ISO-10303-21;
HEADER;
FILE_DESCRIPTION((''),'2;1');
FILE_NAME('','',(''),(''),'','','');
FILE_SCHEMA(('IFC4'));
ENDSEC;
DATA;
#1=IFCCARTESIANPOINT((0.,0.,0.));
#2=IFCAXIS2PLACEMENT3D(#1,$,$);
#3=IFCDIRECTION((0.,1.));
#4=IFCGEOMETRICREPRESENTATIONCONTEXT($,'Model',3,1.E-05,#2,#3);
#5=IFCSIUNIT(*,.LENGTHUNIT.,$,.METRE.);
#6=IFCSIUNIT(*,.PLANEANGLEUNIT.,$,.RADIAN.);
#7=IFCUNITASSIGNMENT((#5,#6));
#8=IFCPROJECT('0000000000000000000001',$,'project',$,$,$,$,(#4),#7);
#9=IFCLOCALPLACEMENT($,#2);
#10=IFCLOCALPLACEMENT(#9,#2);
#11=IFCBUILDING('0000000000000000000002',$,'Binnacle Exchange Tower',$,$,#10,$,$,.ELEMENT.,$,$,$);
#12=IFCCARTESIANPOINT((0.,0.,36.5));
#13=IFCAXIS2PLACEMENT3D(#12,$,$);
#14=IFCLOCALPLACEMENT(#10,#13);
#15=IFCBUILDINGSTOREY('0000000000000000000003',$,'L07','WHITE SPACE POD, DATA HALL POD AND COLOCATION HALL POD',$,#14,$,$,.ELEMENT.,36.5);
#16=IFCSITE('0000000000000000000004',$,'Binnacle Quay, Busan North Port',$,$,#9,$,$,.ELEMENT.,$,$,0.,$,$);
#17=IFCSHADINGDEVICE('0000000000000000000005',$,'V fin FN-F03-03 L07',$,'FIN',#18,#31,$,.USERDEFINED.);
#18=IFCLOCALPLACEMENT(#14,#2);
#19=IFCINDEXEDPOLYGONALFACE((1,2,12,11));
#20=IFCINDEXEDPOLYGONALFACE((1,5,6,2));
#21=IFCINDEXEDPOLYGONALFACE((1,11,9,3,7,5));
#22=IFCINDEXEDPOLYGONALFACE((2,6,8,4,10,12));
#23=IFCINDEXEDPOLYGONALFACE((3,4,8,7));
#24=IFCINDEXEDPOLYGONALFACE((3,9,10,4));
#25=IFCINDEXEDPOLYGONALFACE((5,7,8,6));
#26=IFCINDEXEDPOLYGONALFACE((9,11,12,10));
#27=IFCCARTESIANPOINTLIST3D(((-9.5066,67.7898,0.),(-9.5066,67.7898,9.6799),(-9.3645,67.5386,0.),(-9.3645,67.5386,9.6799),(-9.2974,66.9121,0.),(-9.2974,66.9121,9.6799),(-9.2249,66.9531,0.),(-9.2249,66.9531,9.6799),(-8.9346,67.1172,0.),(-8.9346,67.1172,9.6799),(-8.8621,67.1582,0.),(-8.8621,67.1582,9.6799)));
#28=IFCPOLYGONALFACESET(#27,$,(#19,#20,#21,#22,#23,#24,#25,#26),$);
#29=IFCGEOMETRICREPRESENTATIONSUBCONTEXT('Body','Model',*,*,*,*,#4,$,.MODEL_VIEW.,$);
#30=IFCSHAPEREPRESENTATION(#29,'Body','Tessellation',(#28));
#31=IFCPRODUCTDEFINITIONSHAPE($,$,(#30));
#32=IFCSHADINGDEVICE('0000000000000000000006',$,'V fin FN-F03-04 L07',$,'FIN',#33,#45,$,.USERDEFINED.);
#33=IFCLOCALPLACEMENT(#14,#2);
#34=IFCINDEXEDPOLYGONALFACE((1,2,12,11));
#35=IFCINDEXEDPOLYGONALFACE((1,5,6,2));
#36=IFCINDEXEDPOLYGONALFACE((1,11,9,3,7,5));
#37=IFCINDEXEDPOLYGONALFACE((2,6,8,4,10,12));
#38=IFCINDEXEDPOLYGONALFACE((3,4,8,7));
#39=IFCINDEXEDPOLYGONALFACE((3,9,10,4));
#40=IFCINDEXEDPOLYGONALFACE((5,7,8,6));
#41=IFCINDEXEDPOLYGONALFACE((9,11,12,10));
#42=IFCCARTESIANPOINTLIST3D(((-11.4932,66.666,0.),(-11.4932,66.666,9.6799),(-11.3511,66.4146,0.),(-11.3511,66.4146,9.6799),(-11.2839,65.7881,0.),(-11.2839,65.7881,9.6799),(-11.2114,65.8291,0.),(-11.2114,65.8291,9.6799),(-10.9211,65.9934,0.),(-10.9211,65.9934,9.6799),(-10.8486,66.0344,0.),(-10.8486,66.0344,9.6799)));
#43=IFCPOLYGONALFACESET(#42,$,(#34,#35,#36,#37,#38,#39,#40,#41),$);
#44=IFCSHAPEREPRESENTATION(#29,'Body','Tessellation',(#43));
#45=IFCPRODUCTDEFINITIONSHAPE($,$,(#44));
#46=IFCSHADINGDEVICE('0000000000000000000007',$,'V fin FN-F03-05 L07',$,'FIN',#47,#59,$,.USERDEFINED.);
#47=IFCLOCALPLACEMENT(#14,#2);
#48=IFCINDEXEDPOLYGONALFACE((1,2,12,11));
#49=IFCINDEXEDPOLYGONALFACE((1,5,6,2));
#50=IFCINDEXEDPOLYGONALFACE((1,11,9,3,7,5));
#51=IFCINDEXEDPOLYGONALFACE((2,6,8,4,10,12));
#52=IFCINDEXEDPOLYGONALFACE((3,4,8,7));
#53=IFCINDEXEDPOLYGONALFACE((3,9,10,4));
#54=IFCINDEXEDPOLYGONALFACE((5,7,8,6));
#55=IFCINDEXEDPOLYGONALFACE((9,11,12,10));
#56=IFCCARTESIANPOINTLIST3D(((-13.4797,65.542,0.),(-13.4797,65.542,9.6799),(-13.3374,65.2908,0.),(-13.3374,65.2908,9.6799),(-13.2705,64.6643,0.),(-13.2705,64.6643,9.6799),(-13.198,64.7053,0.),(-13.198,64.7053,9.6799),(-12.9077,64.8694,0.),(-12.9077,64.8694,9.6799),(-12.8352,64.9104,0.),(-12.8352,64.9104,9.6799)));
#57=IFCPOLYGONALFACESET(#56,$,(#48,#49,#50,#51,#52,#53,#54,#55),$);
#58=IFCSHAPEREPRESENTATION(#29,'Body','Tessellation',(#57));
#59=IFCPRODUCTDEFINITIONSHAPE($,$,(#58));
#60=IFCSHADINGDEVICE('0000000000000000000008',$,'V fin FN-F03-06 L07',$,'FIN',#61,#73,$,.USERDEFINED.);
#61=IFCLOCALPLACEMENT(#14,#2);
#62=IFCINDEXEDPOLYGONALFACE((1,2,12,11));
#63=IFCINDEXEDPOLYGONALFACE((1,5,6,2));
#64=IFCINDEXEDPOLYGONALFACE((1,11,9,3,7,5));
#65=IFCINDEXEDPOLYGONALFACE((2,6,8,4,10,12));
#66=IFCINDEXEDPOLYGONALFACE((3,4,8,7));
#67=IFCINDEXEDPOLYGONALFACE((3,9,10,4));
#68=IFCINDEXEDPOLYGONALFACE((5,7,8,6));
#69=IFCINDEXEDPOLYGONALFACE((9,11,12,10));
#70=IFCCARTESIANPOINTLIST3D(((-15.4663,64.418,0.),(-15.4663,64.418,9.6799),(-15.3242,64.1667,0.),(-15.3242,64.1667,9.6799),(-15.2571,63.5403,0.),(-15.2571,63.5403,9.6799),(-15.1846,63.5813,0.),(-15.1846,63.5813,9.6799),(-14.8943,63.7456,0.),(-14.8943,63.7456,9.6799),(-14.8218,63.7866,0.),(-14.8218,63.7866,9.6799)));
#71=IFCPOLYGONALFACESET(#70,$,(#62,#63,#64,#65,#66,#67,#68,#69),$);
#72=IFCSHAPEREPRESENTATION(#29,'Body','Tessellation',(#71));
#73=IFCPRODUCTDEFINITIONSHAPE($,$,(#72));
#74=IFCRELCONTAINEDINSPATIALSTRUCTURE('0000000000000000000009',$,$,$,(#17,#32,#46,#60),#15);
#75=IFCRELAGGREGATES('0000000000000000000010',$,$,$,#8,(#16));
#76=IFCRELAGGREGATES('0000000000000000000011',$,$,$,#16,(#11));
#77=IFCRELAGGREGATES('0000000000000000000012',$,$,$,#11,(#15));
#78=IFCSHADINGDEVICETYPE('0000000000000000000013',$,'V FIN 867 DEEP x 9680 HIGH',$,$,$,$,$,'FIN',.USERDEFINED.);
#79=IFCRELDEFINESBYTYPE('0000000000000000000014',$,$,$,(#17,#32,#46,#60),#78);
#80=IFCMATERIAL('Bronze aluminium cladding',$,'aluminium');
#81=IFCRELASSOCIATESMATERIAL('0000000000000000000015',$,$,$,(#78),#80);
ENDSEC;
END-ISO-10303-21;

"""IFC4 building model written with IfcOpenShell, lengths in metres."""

from ifc_helpers import new_model, si_unit, direction, frame, origin, place, context, subcontext, project, spatial, polyline, outline, extrude, material, type_object, element, save


model = new_model("IFC4")

# Units and contexts
model_context = context("Model", 3, precision=1e-05, world=origin(), true_north=direction((0.0, 1.0)))
body_context = subcontext(model_context, "Body", "Model", "MODEL_VIEW")
ifc_project = project(units=[si_unit("LENGTHUNIT", "METRE"), si_unit("PLANEANGLEUNIT", "RADIAN")], contexts=[model_context])

# Site, building, storey
site_placement = place(None, origin())
site = spatial("IfcSite", under=ifc_project, at=site_placement, Name="Binnacle Quay, Busan North Port", CompositionType="ELEMENT", RefElevation=0.0)
building_placement = place(site_placement, origin())
building = spatial("IfcBuilding", under=site, at=building_placement, Name="Binnacle Exchange Tower", CompositionType="ELEMENT")
storey_placement = place(building_placement, frame((0.0, 0.0, 36.5)))
storey = spatial("IfcBuildingStorey", under=building, at=storey_placement, Name="L07", Description="WHITE SPACE POD, DATA HALL POD AND COLOCATION HALL POD", CompositionType="ELEMENT", Elevation=36.5)

# Shading devices
ifc_material_1 = material(Name="Bronze aluminium cladding", Category="aluminium")
shading_device_type = type_object("IfcShadingDeviceType", Name="V FIN 867 DEEP x 9680 HIGH", ElementType="FIN", PredefinedType="USERDEFINED", material=ifc_material_1)
shading_device_1_placement = place(storey_placement, origin())
element("IfcShadingDevice", 1, at=shading_device_1_placement, inside=storey, type_object=shading_device_type, Name="V fin FN-F03-03 L07", ObjectType="FIN", PredefinedType="USERDEFINED", context=body_context, shape_type="SweptSolid", body=[
    extrude(outline(polyline([(-8.8621, 67.1582), (-9.5066, 67.7898), (-9.2974, 66.9121), (-9.2249, 66.9531), (-9.3645, 67.5386), (-8.9346, 67.1172), (-8.8621, 67.1582)])), origin(), (0.0, 0.0, 1.0), 9.6799),
])
shading_device_2_placement = place(storey_placement, origin())
element("IfcShadingDevice", 2, at=shading_device_2_placement, inside=storey, type_object=shading_device_type, Name="V fin FN-F03-04 L07", ObjectType="FIN", PredefinedType="USERDEFINED", context=body_context, shape_type="SweptSolid", body=[
    extrude(outline(polyline([(-10.8486, 66.0344), (-11.4932, 66.666), (-11.2839, 65.7881), (-11.2114, 65.8291), (-11.3511, 66.4146), (-10.9211, 65.9934), (-10.8486, 66.0344)])), origin(), (0.0, 0.0, 1.0), 9.6799),
])
shading_device_3_placement = place(storey_placement, origin())
element("IfcShadingDevice", 3, at=shading_device_3_placement, inside=storey, type_object=shading_device_type, Name="V fin FN-F03-05 L07", ObjectType="FIN", PredefinedType="USERDEFINED", context=body_context, shape_type="SweptSolid", body=[
    extrude(outline(polyline([(-12.8352, 64.9104), (-13.4797, 65.542), (-13.2705, 64.6643), (-13.198, 64.7053), (-13.3374, 65.2908), (-12.9077, 64.8694), (-12.8352, 64.9104)])), origin(), (0.0, 0.0, 1.0), 9.6799),
])
shading_device_4_placement = place(storey_placement, origin())
element("IfcShadingDevice", 4, at=shading_device_4_placement, inside=storey, type_object=shading_device_type, Name="V fin FN-F03-06 L07", ObjectType="FIN", PredefinedType="USERDEFINED", context=body_context, shape_type="SweptSolid", body=[
    extrude(outline(polyline([(-14.8218, 63.7866), (-15.4663, 64.418), (-15.2571, 63.5403), (-15.1846, 63.5813), (-15.3242, 64.1667), (-14.8943, 63.7456), (-14.8218, 63.7866)])), origin(), (0.0, 0.0, 1.0), 9.6799),
])

save(model, "model.ifc")
